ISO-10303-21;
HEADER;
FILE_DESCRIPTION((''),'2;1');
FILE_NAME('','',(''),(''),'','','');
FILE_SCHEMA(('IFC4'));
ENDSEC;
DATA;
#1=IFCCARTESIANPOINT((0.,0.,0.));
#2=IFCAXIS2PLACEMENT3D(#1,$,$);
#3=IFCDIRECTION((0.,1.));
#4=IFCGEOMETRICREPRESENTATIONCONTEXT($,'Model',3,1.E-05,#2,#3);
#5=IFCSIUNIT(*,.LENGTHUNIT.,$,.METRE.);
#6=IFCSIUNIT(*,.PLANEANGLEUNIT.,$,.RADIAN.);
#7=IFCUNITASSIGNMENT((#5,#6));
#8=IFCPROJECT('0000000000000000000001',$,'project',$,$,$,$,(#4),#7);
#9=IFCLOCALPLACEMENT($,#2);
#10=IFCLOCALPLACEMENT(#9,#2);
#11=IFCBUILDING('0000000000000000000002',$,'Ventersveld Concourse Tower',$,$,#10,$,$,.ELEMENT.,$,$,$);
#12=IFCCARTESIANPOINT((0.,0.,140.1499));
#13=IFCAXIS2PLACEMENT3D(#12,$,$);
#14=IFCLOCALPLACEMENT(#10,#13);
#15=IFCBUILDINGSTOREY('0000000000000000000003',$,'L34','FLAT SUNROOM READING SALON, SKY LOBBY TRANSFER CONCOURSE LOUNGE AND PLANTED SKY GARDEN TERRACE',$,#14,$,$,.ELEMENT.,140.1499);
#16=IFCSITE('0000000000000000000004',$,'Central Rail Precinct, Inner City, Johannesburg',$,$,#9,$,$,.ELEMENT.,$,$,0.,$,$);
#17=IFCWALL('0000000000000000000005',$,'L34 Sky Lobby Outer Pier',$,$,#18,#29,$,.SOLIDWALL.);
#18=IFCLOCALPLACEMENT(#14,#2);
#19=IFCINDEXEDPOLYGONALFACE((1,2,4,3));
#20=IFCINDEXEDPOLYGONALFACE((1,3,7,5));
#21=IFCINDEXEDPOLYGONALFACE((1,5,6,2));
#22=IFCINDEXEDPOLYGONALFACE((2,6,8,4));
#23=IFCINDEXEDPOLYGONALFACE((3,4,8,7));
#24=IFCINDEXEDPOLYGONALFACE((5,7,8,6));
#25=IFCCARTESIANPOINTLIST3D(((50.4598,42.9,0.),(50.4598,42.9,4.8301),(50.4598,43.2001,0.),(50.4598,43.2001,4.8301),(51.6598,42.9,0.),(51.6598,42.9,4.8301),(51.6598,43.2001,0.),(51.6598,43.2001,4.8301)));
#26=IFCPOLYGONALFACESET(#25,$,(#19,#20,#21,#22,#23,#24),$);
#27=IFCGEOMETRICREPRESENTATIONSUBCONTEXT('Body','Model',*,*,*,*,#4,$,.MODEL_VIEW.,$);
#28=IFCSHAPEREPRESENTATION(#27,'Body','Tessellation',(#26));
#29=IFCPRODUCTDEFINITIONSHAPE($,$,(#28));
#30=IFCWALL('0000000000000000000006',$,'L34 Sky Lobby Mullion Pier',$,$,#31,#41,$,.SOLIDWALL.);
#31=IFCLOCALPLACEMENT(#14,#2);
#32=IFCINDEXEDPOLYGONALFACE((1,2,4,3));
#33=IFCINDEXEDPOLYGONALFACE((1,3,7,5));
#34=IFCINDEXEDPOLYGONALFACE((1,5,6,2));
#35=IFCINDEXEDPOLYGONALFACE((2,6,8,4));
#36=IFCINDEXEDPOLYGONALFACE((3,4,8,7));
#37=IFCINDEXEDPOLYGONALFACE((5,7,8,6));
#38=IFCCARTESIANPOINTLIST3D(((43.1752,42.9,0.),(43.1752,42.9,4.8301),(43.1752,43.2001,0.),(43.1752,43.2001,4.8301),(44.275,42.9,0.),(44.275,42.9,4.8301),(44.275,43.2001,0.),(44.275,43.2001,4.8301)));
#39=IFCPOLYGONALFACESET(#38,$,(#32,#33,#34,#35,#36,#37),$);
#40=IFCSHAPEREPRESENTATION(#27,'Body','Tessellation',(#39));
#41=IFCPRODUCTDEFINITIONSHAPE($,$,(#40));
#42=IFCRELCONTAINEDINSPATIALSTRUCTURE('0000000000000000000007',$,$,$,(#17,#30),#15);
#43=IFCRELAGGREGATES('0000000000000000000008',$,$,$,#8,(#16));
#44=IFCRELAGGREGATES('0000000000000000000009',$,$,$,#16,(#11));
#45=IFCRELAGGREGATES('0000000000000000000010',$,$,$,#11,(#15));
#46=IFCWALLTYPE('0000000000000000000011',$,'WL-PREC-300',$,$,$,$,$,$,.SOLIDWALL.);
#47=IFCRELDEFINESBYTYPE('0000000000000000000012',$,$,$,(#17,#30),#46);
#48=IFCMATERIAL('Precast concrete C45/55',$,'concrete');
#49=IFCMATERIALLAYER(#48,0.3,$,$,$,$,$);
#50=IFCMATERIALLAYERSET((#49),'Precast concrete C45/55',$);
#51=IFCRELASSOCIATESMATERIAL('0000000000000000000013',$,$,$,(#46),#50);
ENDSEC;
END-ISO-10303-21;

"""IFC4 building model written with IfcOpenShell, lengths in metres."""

from ifc_helpers import new_model, si_unit, direction, frame, frame_2d, origin, place, context, subcontext, project, spatial, rectangle, extrude, material, layer, layer_set, type_object, element, save


model = new_model("IFC4")

# Units and contexts
model_context = context("Model", 3, precision=1e-05, world=origin(), true_north=direction((0.0, 1.0)))
body_context = subcontext(model_context, "Body", "Model", "MODEL_VIEW")
ifc_project = project(units=[si_unit("LENGTHUNIT", "METRE"), si_unit("PLANEANGLEUNIT", "RADIAN")], contexts=[model_context])

# Site, building, storey
site_placement = place(None, origin())
site = spatial("IfcSite", under=ifc_project, at=site_placement, Name="Central Rail Precinct, Inner City, Johannesburg", CompositionType="ELEMENT", RefElevation=0.0)
building_placement = place(site_placement, origin())
building = spatial("IfcBuilding", under=site, at=building_placement, Name="Ventersveld Concourse Tower", CompositionType="ELEMENT")
storey_placement = place(building_placement, frame((0.0, 0.0, 140.1499)))
storey = spatial("IfcBuildingStorey", under=building, at=storey_placement, Name="L34", Description="FLAT SUNROOM READING SALON, SKY LOBBY TRANSFER CONCOURSE LOUNGE AND PLANTED SKY GARDEN TERRACE", CompositionType="ELEMENT", Elevation=140.1499)

# Walls
ifc_material_1 = material(Name="Precast concrete C45/55", Category="concrete")
ifc_layer_1 = layer(ifc_material_1, 0.3)
ifc_layer_set_1 = layer_set([ifc_layer_1], Name="Precast concrete C45/55")
wall_type_1 = type_object("IfcWallType", Name="WL-PREC-300", PredefinedType="SOLIDWALL", material=ifc_layer_set_1)
wall_1_placement = place(storey_placement, frame((51.6599, 43.05, 0.0), z_axis=(0.0, 0.0, 1.0), x_axis=(-1.0, 0.0, 0.0)))
element("IfcWall", 1, at=wall_1_placement, inside=storey, type_object=wall_type_1, Name="L34 Sky Lobby Outer Pier", PredefinedType="SOLIDWALL", context=body_context, shape_type="SweptSolid", body=[
    extrude(rectangle(XDim=1.2, YDim=0.3, at=frame_2d((0.6001, 0.0))), origin(), (0.0, 0.0, 1.0), 4.8301),
])
wall_2_placement = place(storey_placement, frame((44.2749, 43.05, 0.0), z_axis=(0.0, 0.0, 1.0), x_axis=(-1.0, 0.0, 0.0)))
element("IfcWall", 2, at=wall_2_placement, inside=storey, type_object=wall_type_1, Name="L34 Sky Lobby Mullion Pier", PredefinedType="SOLIDWALL", context=body_context, shape_type="SweptSolid", body=[
    extrude(rectangle(XDim=1.0999, YDim=0.3, at=frame_2d((0.5498, 0.0))), origin(), (0.0, 0.0, 1.0), 4.8301),
])

save(model, "model.ifc")
